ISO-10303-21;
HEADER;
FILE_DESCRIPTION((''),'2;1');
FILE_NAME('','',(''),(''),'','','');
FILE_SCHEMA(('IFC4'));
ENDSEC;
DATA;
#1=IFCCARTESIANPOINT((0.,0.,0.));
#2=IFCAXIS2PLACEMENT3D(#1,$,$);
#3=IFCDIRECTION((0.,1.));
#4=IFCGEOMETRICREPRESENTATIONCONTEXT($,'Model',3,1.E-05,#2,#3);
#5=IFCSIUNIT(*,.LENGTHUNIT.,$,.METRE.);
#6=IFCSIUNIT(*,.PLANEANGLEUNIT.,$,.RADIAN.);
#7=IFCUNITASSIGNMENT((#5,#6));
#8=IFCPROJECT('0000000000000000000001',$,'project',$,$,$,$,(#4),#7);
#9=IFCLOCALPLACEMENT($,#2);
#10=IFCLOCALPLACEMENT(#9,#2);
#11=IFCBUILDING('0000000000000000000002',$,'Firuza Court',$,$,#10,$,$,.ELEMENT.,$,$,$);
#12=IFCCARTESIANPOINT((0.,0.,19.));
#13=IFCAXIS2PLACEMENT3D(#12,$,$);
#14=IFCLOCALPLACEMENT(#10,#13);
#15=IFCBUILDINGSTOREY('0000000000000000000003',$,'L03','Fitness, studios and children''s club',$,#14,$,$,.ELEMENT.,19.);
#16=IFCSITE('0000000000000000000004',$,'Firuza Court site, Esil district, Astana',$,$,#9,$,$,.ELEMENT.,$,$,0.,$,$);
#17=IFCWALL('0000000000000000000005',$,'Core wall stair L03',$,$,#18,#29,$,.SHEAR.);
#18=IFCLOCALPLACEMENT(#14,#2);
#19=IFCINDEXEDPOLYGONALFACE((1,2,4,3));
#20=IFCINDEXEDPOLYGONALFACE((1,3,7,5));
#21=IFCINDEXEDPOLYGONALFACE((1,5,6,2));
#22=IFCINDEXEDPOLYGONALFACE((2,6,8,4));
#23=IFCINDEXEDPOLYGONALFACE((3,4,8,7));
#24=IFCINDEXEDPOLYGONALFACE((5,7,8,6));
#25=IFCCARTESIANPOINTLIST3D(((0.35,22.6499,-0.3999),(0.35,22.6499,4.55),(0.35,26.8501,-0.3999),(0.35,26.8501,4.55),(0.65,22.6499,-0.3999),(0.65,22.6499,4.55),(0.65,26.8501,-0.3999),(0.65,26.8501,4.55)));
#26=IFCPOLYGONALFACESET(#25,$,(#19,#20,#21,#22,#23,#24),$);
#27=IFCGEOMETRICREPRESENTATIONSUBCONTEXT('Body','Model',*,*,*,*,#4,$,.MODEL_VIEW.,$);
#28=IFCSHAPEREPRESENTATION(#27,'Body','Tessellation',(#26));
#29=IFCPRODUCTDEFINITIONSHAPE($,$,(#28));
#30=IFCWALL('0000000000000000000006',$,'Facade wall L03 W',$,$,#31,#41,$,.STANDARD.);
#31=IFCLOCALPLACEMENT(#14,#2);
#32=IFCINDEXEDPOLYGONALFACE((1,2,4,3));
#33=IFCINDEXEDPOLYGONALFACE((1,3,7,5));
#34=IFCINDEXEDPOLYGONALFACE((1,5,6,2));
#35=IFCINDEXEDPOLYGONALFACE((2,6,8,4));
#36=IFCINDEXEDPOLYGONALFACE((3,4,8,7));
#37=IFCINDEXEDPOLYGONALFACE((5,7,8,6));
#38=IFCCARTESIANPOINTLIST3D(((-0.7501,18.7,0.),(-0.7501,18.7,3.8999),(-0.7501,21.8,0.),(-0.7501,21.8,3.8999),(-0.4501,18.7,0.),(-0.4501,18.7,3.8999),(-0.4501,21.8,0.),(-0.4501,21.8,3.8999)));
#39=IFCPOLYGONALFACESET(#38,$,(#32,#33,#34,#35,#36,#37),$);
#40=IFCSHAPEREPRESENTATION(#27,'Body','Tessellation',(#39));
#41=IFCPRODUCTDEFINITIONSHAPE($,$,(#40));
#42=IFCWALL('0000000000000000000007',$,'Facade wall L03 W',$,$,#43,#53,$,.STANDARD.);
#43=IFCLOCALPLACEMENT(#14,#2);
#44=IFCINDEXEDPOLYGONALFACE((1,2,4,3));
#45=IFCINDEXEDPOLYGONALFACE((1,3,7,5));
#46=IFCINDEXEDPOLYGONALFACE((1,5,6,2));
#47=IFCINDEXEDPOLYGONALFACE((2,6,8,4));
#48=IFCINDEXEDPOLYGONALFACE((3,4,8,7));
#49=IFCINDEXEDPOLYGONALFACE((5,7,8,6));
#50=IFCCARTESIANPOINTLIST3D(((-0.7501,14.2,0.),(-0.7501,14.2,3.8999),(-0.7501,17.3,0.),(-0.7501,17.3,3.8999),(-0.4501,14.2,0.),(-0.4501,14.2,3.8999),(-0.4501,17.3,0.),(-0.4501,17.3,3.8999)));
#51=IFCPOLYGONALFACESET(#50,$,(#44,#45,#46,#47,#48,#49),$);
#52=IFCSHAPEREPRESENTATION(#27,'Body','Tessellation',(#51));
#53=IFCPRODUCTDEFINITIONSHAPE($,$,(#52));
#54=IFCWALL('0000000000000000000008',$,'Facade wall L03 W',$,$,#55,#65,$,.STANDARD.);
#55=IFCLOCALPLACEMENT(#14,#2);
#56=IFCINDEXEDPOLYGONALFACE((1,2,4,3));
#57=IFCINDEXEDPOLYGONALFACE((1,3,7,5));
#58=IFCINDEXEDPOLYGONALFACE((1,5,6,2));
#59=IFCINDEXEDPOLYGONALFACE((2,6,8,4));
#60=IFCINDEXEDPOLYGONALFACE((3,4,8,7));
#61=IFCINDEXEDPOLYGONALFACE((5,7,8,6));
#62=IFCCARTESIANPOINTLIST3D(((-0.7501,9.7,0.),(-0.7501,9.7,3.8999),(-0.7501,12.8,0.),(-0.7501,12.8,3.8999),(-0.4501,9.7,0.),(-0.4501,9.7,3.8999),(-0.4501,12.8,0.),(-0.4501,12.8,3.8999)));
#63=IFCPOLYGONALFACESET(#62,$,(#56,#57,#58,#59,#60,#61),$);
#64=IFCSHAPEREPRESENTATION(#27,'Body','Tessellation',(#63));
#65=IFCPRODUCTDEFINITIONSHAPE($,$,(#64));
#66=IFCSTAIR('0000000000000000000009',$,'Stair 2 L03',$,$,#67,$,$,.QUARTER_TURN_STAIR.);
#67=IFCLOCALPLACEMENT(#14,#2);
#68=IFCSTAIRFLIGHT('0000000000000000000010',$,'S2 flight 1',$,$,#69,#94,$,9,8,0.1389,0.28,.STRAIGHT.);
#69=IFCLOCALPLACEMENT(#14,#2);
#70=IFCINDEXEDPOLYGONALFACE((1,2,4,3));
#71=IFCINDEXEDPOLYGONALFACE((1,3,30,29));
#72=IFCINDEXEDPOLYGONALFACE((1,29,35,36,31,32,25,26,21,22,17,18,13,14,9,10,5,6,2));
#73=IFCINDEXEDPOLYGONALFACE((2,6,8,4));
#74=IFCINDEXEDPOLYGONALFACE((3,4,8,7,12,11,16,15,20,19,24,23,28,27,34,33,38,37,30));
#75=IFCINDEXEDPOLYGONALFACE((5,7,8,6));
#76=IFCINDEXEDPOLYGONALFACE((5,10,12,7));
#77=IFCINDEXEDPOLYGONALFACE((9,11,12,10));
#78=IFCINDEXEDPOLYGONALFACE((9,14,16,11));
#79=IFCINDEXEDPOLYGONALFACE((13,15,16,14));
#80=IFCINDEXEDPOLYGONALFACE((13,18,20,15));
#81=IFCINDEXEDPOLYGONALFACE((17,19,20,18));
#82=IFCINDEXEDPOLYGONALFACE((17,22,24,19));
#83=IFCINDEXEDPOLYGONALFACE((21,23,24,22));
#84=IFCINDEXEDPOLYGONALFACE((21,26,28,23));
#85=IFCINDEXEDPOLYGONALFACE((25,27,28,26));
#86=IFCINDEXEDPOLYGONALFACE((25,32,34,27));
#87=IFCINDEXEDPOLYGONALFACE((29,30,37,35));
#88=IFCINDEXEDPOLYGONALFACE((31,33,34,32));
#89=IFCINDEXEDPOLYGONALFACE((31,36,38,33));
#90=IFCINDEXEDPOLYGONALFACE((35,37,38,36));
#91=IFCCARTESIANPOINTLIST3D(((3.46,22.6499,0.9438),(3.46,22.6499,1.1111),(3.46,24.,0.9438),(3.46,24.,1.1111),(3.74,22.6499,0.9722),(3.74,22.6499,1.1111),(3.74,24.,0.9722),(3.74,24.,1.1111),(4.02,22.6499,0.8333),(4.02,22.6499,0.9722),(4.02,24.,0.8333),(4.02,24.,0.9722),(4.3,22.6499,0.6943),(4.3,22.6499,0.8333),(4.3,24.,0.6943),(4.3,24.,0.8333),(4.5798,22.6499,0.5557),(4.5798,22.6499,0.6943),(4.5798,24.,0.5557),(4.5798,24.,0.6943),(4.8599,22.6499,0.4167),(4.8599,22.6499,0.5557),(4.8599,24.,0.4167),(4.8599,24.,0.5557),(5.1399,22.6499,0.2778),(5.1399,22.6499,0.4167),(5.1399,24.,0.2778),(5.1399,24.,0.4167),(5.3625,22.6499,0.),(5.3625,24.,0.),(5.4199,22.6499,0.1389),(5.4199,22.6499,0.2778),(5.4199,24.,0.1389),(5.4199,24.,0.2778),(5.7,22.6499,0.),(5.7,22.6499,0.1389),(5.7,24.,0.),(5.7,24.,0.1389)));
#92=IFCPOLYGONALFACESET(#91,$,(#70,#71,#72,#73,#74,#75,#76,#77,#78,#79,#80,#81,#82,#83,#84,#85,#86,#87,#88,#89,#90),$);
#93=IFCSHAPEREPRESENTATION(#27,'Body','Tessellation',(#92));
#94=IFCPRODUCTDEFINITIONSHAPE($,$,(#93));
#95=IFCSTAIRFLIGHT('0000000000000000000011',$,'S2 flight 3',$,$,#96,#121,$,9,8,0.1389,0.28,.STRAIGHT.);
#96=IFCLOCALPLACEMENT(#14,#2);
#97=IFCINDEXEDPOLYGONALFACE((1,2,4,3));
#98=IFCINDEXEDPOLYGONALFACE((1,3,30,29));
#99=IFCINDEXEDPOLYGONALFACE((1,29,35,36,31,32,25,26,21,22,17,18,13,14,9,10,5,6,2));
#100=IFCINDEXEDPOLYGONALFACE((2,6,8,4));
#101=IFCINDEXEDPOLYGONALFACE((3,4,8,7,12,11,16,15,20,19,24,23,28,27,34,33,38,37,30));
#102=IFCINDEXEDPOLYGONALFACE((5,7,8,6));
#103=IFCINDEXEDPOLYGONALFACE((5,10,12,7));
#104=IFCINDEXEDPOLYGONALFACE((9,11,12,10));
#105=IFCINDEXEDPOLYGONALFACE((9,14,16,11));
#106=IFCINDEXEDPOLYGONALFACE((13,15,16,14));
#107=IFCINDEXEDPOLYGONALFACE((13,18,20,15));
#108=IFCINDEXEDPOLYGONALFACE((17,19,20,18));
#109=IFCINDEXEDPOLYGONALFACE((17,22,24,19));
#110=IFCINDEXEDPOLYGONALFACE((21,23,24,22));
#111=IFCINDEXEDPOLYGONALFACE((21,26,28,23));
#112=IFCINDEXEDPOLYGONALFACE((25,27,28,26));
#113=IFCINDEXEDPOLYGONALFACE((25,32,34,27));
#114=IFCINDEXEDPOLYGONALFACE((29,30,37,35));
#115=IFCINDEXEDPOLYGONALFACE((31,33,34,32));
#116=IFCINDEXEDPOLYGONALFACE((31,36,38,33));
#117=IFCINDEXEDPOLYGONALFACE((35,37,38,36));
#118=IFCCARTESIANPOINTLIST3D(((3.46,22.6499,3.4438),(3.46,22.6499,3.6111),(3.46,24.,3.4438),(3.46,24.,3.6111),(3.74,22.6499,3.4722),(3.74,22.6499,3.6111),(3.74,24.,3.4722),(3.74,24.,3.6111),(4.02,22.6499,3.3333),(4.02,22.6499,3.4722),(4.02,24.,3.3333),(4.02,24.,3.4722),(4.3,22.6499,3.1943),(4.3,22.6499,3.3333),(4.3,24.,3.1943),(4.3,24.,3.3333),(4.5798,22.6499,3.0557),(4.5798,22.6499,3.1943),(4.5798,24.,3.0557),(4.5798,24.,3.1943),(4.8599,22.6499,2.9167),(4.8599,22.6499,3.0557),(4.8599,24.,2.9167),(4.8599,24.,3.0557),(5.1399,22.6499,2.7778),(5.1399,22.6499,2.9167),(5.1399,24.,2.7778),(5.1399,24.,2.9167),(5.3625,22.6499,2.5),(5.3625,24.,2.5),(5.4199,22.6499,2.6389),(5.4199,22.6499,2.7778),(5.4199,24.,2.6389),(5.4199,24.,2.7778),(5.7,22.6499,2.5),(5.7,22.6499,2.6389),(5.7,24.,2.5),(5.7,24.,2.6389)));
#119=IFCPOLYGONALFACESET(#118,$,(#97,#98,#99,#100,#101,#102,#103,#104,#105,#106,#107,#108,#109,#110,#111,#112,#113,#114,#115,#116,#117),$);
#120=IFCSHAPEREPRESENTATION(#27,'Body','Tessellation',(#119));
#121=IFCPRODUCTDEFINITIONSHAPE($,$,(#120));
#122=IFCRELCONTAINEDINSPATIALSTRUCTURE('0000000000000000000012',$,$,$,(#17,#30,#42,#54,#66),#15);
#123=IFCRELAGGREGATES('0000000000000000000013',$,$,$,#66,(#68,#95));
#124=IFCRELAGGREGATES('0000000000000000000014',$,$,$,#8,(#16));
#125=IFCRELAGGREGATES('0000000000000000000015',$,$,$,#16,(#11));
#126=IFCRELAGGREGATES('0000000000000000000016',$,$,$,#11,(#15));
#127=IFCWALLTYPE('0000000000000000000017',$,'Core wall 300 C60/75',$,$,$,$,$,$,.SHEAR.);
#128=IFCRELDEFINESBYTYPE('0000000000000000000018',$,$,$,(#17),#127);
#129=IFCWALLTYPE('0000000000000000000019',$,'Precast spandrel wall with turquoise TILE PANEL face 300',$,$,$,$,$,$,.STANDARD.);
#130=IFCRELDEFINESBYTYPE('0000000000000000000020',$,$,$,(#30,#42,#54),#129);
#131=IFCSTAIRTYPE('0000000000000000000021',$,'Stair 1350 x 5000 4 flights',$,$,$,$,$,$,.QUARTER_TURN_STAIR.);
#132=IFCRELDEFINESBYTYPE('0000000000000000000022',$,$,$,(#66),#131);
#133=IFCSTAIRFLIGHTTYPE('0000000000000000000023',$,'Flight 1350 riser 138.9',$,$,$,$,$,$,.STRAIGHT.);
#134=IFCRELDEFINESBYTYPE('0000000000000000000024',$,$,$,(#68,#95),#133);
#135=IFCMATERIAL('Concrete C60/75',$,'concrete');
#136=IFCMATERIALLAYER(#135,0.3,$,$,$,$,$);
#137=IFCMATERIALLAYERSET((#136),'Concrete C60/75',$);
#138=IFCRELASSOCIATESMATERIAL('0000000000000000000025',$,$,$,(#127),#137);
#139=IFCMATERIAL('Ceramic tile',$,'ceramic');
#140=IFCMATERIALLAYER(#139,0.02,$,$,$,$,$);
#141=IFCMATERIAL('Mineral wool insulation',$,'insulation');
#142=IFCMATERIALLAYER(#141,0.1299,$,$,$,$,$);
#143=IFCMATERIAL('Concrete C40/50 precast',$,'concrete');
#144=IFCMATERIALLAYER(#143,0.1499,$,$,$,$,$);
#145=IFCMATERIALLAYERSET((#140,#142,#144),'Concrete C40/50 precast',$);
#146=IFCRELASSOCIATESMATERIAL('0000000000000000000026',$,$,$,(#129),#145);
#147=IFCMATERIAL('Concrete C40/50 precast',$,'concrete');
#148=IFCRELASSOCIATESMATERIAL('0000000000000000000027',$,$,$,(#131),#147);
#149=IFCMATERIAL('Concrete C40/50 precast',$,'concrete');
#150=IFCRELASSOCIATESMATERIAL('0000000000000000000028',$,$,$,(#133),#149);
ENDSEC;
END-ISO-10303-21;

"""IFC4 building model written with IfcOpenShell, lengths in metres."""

from ifc_helpers import new_model, si_unit, direction, frame, frame_2d, origin, place, context, subcontext, project, spatial, polyline, rectangle, outline, extrude, material, layer, layer_set, type_object, element, aggregate, save


model = new_model("IFC4")

# Units and contexts
model_context = context("Model", 3, precision=1e-05, world=origin(), true_north=direction((0.0, 1.0)))
body_context = subcontext(model_context, "Body", "Model", "MODEL_VIEW")
ifc_project = project(units=[si_unit("LENGTHUNIT", "METRE"), si_unit("PLANEANGLEUNIT", "RADIAN")], contexts=[model_context])

# Site, building, storey
site_placement = place(None, origin())
site = spatial("IfcSite", under=ifc_project, at=site_placement, Name="Firuza Court site, Esil district, Astana", CompositionType="ELEMENT", RefElevation=0.0)
building_placement = place(site_placement, origin())
building = spatial("IfcBuilding", under=site, at=building_placement, Name="Firuza Court", CompositionType="ELEMENT")
storey_placement = place(building_placement, frame((0.0, 0.0, 19.0)))
storey = spatial("IfcBuildingStorey", under=building, at=storey_placement, Name="L03", Description="Fitness, studios and children's club", CompositionType="ELEMENT", Elevation=19.0)

# Walls
ifc_material_1 = material(Name="Concrete C60/75", Category="concrete")
ifc_layer_1 = layer(ifc_material_1, 0.3)
ifc_layer_set_1 = layer_set([ifc_layer_1], Name="Concrete C60/75")
wall_type_1 = type_object("IfcWallType", Name="Core wall 300 C60/75", PredefinedType="SHEAR", material=ifc_layer_set_1)
wall_1_placement = place(storey_placement, frame((0.5, 22.6499, -0.3999), z_axis=(0.0, 0.0, 1.0), x_axis=(0.0, 1.0, 0.0)))
element("IfcWall", 1, at=wall_1_placement, inside=storey, type_object=wall_type_1, Name="Core wall stair L03", PredefinedType="SHEAR", context=body_context, shape_type="SweptSolid", body=[
    extrude(rectangle(XDim=4.2002, YDim=0.3, at=frame_2d((2.1001, 0.0))), origin(), (0.0, 0.0, 1.0), 4.95),
])
ifc_material_2 = material(Name="Ceramic tile", Category="ceramic")
ifc_layer_2 = layer(ifc_material_2, 0.02)
ifc_material_3 = material(Name="Mineral wool insulation", Category="insulation")
ifc_layer_3 = layer(ifc_material_3, 0.1299)
ifc_material_4 = material(Name="Concrete C40/50 precast", Category="concrete")
ifc_layer_4 = layer(ifc_material_4, 0.1499)
ifc_layer_set_2 = layer_set([ifc_layer_2, ifc_layer_3, ifc_layer_4], Name="Concrete C40/50 precast")
wall_type_2 = type_object("IfcWallType", Name="Precast spandrel wall with turquoise TILE PANEL face 300", PredefinedType="STANDARD", material=ifc_layer_set_2)
for number, where, z_axis, x_axis, name in (
    (2, (-0.6001, 21.8, 0.0), (0.0, 0.0, 1.0), (0.0, -1.0, 0.0), "Facade wall L03 W"),
    (3, (-0.6001, 17.3, 0.0), (0.0, 0.0, 1.0), (0.0, -1.0, 0.0), "Facade wall L03 W"),
    (4, (-0.6001, 12.8, 0.0), (0.0, 0.0, 1.0), (0.0, -1.0, 0.0), "Facade wall L03 W"),
):
    element("IfcWall", number, at=place(storey_placement, frame(where, z_axis=z_axis, x_axis=x_axis)), inside=storey, type_object=wall_type_2, Name=name, PredefinedType="STANDARD", context=body_context, shape_type="SweptSolid", body=[
        extrude(rectangle(XDim=3.1001, YDim=0.3, at=frame_2d((1.55, 0.0))), origin(), (0.0, 0.0, 1.0), 3.8999),
    ])

# Stair, stair flights
ifc_material_5 = material(Name="Concrete C40/50 precast", Category="concrete")
stair_type = type_object("IfcStairType", Name="Stair 1350 x 5000 4 flights", PredefinedType="QUARTER_TURN_STAIR", material=ifc_material_5)
stair_placement = place(storey_placement, origin())
stair = element("IfcStair", 5, at=stair_placement, inside=storey, type_object=stair_type, Name="Stair 2 L03", PredefinedType="QUARTER_TURN_STAIR")
ifc_material_6 = material(Name="Concrete C40/50 precast", Category="concrete")
stair_flight_type = type_object("IfcStairFlightType", Name="Flight 1350 riser 138.9", PredefinedType="STRAIGHT", material=ifc_material_6)
stair_flight_1_placement = place(storey_placement, frame((5.7, 23.325, 0.0), z_axis=(0.0, 0.0, 1.0), x_axis=(-1.0, 0.0, 0.0)))
stair_flight_1 = element("IfcStairFlight", 6, at=stair_flight_1_placement, type_object=stair_flight_type, Name="S2 flight 1", NumberOfRisers=9, NumberOfTreads=8, PredefinedType="STRAIGHT", RiserHeight=0.1389, TreadLength=0.28, context=body_context, shape_type="SweptSolid", body=[
    extrude(outline(polyline([(0.0, 0.0), (0.0, 0.1389), (0.28, 0.1389), (0.28, 0.2778), (0.5601, 0.2778), (0.5601, 0.4167), (0.8401, 0.4167), (0.8401, 0.5557), (1.1201, 0.5557), (1.1201, 0.6943), (1.3999, 0.6943), (1.3999, 0.8333), (1.6799, 0.8333), (1.6799, 0.9722), (1.96, 0.9722), (1.96, 1.1111), (2.24, 1.1111), (2.24, 1.25), (2.24, 0.9438), (0.3374, 0.0), (0.0, 0.0)])), frame((0.0, 0.675, 0.0), z_axis=(0.0, -1.0, 0.0), x_axis=(1.0, 0.0, 0.0)), (0.0, 0.0, 1.0), 1.3501),
])
stair_flight_2_placement = place(storey_placement, frame((5.7, 23.325, 2.5), z_axis=(0.0, 0.0, 1.0), x_axis=(-1.0, 0.0, 0.0)))
stair_flight_2 = element("IfcStairFlight", 7, at=stair_flight_2_placement, type_object=stair_flight_type, Name="S2 flight 3", NumberOfRisers=9, NumberOfTreads=8, PredefinedType="STRAIGHT", RiserHeight=0.1389, TreadLength=0.28, context=body_context, shape_type="SweptSolid", body=[
    extrude(outline(polyline([(0.0, 0.0), (0.0, 0.1389), (0.28, 0.1389), (0.28, 0.2778), (0.5601, 0.2778), (0.5601, 0.4167), (0.8401, 0.4167), (0.8401, 0.5557), (1.1201, 0.5557), (1.1201, 0.6943), (1.3999, 0.6943), (1.3999, 0.8333), (1.6799, 0.8333), (1.6799, 0.9722), (1.96, 0.9722), (1.96, 1.1111), (2.24, 1.1111), (2.24, 1.25), (2.24, 0.9438), (0.3374, 0.0), (0.0, 0.0)])), frame((0.0, 0.675, 0.0), z_axis=(0.0, -1.0, 0.0), x_axis=(1.0, 0.0, 0.0)), (0.0, 0.0, 1.0), 1.3501),
])
aggregate(stair, [stair_flight_1, stair_flight_2])

save(model, "model.ifc")
